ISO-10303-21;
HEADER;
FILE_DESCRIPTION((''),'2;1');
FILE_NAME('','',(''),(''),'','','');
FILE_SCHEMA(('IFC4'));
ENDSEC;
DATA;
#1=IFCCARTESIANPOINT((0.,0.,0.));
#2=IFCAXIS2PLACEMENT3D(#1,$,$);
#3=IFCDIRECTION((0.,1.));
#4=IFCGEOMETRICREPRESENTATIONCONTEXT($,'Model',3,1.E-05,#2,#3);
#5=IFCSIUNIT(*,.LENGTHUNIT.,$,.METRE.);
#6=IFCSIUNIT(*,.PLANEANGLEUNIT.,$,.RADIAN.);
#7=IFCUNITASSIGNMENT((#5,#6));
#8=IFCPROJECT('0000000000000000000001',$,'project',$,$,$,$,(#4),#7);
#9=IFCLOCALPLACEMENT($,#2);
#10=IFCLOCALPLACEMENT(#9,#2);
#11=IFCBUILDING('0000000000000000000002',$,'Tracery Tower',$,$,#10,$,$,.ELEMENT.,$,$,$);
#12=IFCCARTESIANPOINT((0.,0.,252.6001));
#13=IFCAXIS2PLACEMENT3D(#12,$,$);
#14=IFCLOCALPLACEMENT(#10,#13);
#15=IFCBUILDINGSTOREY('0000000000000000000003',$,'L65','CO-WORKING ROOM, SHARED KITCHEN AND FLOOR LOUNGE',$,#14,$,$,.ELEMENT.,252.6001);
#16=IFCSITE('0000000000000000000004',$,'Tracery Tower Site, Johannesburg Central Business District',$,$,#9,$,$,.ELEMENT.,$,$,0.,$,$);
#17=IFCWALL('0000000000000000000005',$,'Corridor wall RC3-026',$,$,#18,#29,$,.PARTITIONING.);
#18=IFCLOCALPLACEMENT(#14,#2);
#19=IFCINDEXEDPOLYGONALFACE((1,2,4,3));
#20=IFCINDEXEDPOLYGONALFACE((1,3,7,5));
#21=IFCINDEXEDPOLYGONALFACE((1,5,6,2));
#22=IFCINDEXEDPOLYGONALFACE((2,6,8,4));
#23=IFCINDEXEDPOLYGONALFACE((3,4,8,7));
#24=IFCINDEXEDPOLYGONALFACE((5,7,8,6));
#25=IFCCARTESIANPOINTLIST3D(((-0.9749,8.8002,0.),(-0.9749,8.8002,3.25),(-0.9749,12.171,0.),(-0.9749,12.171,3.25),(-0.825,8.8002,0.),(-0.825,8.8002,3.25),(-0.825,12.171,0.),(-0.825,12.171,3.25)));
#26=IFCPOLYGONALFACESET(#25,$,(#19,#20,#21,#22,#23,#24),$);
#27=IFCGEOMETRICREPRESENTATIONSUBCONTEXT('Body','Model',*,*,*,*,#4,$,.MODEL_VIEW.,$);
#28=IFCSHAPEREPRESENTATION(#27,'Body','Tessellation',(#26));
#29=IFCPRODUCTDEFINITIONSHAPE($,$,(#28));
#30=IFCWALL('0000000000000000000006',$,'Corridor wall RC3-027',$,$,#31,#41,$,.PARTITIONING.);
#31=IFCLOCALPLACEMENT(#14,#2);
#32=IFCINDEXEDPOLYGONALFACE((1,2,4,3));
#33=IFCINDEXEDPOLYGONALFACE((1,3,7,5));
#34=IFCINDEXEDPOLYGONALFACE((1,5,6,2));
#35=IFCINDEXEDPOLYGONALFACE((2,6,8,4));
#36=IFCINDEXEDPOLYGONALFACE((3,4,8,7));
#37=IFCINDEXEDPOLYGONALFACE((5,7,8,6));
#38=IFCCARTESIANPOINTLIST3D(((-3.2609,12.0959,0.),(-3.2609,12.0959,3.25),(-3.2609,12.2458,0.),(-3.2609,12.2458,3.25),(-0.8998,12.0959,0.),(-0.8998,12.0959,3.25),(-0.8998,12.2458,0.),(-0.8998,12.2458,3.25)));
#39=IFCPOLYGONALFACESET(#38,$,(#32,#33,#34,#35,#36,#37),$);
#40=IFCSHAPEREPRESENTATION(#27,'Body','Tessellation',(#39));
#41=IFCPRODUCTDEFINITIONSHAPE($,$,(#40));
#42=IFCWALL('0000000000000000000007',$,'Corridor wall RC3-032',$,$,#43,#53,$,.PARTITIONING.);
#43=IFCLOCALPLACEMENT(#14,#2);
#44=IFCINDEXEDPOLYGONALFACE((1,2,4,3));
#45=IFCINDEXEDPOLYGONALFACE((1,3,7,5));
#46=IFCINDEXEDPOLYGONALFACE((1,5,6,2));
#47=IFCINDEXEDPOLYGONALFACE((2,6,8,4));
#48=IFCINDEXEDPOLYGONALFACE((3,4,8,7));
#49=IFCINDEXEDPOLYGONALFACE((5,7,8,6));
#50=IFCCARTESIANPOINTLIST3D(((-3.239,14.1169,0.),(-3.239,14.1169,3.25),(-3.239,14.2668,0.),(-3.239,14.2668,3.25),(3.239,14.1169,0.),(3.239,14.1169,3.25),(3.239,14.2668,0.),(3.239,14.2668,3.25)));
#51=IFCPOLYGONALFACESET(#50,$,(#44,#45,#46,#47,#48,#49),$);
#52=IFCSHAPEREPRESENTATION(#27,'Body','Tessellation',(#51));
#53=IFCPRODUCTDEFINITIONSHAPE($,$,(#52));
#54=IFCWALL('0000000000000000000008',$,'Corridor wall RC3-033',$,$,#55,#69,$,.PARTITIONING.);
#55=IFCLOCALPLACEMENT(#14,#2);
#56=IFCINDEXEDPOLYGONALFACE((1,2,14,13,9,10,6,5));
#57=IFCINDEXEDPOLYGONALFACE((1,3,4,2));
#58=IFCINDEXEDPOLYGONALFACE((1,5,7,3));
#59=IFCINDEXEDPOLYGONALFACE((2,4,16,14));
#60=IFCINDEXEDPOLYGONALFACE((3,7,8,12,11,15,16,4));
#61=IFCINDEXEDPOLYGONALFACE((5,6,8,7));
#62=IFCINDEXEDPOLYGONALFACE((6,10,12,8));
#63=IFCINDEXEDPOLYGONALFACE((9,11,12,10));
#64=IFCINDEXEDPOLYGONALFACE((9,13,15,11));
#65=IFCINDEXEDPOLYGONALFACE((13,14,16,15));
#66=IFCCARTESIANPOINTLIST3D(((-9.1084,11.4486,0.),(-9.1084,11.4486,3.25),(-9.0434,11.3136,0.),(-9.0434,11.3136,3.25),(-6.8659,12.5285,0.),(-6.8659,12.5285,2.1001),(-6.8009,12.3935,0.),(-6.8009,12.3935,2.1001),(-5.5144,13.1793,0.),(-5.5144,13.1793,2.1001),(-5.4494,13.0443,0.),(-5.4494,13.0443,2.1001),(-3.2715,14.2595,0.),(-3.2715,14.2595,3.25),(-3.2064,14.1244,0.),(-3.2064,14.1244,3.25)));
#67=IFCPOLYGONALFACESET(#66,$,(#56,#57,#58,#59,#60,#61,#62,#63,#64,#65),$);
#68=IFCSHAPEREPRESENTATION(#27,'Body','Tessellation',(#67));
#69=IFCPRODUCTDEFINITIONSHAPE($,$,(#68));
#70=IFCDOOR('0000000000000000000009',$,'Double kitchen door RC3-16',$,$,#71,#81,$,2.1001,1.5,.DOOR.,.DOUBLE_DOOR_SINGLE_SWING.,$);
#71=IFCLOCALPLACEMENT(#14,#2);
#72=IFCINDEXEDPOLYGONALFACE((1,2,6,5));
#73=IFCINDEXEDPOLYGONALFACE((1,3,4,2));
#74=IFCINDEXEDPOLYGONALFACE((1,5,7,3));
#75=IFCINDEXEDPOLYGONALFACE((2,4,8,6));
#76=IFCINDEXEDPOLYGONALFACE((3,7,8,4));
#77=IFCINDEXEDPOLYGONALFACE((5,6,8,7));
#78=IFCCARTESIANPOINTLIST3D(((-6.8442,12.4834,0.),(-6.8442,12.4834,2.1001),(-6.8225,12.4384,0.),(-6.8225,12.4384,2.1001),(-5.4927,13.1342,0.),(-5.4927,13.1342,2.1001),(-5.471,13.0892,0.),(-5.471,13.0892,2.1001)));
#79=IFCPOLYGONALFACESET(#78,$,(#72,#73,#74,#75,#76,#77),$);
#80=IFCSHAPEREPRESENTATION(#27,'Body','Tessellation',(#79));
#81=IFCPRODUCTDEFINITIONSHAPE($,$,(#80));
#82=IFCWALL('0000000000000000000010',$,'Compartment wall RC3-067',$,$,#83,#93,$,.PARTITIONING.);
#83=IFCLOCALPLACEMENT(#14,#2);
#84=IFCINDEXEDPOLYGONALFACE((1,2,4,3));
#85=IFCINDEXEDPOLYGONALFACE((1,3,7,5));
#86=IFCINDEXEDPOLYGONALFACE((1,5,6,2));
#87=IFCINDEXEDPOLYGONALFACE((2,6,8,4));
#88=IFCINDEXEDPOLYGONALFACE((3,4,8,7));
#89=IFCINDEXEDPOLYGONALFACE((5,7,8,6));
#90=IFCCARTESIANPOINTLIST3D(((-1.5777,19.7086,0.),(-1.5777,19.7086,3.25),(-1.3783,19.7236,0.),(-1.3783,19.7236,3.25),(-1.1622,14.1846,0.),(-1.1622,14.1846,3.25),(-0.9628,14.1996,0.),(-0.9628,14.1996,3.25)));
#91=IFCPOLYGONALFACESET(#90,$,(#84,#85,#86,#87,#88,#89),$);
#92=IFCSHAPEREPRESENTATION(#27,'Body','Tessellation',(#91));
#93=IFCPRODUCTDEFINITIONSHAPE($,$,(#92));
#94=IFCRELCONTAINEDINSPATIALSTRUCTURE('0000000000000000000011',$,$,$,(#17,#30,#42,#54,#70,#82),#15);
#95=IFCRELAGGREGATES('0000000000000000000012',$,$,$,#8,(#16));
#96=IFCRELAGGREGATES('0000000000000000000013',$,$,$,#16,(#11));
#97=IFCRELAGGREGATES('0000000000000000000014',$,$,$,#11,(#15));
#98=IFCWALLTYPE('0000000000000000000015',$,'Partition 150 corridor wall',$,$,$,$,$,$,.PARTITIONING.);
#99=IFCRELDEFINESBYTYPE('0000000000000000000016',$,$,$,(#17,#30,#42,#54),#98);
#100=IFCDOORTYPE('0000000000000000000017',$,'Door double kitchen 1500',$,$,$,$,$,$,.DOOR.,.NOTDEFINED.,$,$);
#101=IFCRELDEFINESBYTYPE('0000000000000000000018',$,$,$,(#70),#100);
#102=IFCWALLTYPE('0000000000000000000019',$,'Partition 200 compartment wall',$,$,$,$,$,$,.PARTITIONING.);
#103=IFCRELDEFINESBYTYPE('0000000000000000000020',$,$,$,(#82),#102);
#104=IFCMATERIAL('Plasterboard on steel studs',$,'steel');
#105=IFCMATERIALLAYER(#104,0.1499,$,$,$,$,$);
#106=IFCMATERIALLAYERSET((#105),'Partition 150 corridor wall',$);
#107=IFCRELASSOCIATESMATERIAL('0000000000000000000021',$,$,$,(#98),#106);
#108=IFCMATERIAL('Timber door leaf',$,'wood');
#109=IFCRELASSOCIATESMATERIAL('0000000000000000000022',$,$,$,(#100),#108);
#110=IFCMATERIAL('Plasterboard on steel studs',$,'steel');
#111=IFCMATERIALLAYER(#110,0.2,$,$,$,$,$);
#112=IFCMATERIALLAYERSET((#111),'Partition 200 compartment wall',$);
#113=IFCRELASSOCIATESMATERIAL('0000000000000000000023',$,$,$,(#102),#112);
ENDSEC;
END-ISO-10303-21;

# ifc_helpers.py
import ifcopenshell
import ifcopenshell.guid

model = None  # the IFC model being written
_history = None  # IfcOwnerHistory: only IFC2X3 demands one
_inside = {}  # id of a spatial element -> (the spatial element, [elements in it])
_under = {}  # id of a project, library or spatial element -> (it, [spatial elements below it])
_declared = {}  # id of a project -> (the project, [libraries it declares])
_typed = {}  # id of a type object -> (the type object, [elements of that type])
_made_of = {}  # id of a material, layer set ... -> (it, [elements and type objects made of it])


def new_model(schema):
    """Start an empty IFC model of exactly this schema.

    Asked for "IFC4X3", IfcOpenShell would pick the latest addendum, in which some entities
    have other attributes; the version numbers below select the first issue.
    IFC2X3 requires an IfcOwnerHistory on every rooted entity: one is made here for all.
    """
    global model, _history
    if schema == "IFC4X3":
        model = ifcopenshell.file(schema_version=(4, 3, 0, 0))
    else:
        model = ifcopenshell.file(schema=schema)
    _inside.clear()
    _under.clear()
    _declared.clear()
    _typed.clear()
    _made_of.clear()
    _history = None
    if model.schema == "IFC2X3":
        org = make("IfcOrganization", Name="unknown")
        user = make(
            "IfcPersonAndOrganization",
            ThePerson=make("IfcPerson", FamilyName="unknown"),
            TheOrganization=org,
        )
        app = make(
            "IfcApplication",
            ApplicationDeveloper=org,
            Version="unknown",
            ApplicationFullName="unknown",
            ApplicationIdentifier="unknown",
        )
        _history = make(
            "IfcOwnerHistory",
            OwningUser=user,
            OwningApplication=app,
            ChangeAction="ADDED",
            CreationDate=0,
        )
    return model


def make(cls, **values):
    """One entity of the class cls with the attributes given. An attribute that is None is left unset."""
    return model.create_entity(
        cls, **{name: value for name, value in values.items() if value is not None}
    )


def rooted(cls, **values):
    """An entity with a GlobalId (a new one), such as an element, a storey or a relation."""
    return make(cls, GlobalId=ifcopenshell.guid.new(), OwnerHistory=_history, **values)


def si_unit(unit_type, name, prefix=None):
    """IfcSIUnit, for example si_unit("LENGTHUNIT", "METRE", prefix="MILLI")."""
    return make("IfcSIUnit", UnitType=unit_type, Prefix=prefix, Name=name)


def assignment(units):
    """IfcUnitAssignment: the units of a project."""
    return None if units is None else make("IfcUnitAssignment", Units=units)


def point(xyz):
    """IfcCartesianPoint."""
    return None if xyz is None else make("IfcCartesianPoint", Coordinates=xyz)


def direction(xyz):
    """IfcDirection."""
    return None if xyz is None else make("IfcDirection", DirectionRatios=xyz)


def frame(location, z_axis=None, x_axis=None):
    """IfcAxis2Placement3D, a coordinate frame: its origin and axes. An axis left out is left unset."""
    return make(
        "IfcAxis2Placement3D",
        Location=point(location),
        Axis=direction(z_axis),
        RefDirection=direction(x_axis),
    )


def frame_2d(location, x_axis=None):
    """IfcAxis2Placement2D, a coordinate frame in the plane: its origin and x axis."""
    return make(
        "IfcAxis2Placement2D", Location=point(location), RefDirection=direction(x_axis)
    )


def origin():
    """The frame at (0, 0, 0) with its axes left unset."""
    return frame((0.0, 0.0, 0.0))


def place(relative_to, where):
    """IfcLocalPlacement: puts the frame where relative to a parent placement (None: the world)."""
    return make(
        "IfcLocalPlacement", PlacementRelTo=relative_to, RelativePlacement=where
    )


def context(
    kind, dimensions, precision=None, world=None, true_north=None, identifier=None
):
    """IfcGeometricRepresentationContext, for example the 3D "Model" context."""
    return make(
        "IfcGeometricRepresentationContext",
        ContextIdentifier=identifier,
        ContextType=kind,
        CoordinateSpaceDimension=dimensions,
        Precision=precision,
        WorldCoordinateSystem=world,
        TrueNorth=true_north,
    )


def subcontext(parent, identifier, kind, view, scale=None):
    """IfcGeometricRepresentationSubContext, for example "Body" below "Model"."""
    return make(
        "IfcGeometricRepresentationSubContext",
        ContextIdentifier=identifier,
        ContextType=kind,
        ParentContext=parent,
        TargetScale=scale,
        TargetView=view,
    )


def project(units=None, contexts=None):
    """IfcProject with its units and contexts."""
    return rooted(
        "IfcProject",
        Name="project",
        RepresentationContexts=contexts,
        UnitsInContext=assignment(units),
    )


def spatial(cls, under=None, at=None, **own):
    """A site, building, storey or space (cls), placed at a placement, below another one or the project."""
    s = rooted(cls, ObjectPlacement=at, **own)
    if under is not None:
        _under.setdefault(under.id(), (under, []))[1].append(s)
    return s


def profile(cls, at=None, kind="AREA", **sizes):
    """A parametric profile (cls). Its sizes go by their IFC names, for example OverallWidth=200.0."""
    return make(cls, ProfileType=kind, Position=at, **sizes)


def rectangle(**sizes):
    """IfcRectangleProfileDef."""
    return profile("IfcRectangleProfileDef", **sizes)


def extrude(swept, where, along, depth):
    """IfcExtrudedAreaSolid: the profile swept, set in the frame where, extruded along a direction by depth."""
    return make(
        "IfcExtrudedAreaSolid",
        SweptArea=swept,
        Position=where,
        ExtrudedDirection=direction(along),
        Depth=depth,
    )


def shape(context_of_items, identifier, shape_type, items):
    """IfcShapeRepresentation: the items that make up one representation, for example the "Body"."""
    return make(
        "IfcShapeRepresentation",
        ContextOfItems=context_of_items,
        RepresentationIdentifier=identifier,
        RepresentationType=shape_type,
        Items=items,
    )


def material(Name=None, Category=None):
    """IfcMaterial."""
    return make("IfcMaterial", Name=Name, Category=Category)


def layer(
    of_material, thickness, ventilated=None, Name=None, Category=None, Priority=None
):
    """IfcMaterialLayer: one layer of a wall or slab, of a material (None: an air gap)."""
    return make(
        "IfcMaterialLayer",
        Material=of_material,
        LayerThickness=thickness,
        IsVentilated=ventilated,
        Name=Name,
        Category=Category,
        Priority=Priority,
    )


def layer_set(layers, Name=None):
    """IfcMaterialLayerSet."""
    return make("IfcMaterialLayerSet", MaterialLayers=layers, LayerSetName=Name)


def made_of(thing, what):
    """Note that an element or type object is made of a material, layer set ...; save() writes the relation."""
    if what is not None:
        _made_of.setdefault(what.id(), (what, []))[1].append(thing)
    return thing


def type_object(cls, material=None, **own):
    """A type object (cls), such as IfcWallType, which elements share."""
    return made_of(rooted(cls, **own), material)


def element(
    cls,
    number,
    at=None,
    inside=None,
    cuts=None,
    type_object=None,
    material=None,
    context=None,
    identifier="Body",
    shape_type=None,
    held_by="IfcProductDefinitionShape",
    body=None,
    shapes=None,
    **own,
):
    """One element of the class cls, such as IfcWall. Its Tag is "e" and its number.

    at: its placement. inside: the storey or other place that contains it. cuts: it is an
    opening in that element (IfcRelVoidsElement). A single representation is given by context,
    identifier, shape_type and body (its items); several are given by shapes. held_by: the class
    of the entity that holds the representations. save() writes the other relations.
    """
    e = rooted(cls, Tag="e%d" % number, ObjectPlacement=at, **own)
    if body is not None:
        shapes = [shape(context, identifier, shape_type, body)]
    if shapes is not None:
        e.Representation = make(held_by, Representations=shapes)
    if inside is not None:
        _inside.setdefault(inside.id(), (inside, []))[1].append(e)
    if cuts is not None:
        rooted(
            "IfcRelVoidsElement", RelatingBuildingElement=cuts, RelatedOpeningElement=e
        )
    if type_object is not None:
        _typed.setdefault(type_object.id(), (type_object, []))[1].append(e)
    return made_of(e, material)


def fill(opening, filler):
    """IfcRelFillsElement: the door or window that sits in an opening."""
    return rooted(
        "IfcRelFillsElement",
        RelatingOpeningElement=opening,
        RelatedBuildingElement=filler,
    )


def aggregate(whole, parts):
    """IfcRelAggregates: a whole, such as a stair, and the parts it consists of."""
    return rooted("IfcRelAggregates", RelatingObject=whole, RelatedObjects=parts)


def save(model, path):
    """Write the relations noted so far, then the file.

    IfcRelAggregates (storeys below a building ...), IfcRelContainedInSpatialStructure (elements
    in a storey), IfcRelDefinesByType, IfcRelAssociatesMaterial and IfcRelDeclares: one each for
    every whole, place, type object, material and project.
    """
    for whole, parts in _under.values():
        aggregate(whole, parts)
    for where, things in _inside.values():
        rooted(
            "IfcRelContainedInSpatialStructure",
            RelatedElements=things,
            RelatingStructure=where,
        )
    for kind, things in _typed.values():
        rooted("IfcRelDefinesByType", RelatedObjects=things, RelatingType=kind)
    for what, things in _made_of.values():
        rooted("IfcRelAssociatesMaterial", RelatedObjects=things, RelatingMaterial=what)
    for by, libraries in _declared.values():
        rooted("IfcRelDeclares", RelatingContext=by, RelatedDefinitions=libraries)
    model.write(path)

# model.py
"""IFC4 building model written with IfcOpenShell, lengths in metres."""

from ifc_helpers import new_model, si_unit, direction, frame, frame_2d, origin, place, context, subcontext, project, spatial, rectangle, extrude, material, layer, layer_set, type_object, element, fill, save


model = new_model("IFC4")

# Units and contexts
model_context = context("Model", 3, precision=1e-05, world=origin(), true_north=direction((0.0, 1.0)))
body_context = subcontext(model_context, "Body", "Model", "MODEL_VIEW")
ifc_project = project(units=[si_unit("LENGTHUNIT", "METRE"), si_unit("PLANEANGLEUNIT", "RADIAN")], contexts=[model_context])

# Site, building, storey
site_placement = place(None, origin())
site = spatial("IfcSite", under=ifc_project, at=site_placement, Name="Tracery Tower Site, Johannesburg Central Business District", CompositionType="ELEMENT", RefElevation=0.0)
building_placement = place(site_placement, origin())
building = spatial("IfcBuilding", under=site, at=building_placement, Name="Tracery Tower", CompositionType="ELEMENT")
storey_placement = place(building_placement, frame((0.0, 0.0, 252.6001)))
storey = spatial("IfcBuildingStorey", under=building, at=storey_placement, Name="L65", Description="CO-WORKING ROOM, SHARED KITCHEN AND FLOOR LOUNGE", CompositionType="ELEMENT", Elevation=252.6001)

# Shared definitions
ifc_material_1 = material(Name="Plasterboard on steel studs", Category="steel")
ifc_layer_1 = layer(ifc_material_1, 0.1499)
ifc_layer_set_1 = layer_set([ifc_layer_1], Name="Partition 150 corridor wall")
wall_type_1 = type_object("IfcWallType", Name="Partition 150 corridor wall", PredefinedType="PARTITIONING", material=ifc_layer_set_1)

# Walls
wall_1_placement = place(storey_placement, frame((-0.8999, 8.8, 0.0), z_axis=(0.0, 0.0, 1.0), x_axis=(0.0, 1.0, 0.0)))
element("IfcWall", 1, at=wall_1_placement, inside=storey, type_object=wall_type_1, Name="Corridor wall RC3-026", PredefinedType="PARTITIONING", context=body_context, shape_type="SweptSolid", body=[
    extrude(rectangle(XDim=3.3708, YDim=0.1499, at=frame_2d((1.6855, 0.0))), origin(), (0.0, 0.0, 1.0), 3.25),
])
wall_2_placement = place(storey_placement, frame((-3.261, 12.1709, 0.0), z_axis=(0.0, 0.0, 1.0), x_axis=(1.0, 0.0, 0.0)))
element("IfcWall", 2, at=wall_2_placement, inside=storey, type_object=wall_type_1, Name="Corridor wall RC3-027", PredefinedType="PARTITIONING", context=body_context, shape_type="SweptSolid", body=[
    extrude(rectangle(XDim=2.3611, YDim=0.1499, at=frame_2d((1.1807, 0.0))), origin(), (0.0, 0.0, 1.0), 3.25),
])
wall_3_placement = place(storey_placement, frame((-3.239, 14.1919, 0.0), z_axis=(0.0, 0.0, 1.0), x_axis=(1.0, 0.0, 0.0)))
element("IfcWall", 3, at=wall_3_placement, inside=storey, type_object=wall_type_1, Name="Corridor wall RC3-032", PredefinedType="PARTITIONING", context=body_context, shape_type="SweptSolid", body=[
    extrude(rectangle(XDim=6.478, YDim=0.1499, at=frame_2d((3.239, 0.0))), origin(), (0.0, 0.0, 1.0), 3.25),
])

# Wall, opening, door
wall_4_placement = place(storey_placement, frame((-9.0759, 11.3811, 0.0), z_axis=(0.0, 0.0, 1.0), x_axis=(0.900976, 0.433869, 0.0)))
wall_4 = element("IfcWall", 4, at=wall_4_placement, inside=storey, type_object=wall_type_1, Name="Corridor wall RC3-033", PredefinedType="PARTITIONING", context=body_context, shape_type="SweptSolid", body=[
    extrude(rectangle(XDim=6.4785, YDim=0.1499, at=frame_2d((3.2393, 0.0))), origin(), (0.0, 0.0, 1.0), 3.25),
])
opening_1_placement = place(wall_4_placement, frame((2.489, 0.0, 0.0)))
opening_1 = element("IfcOpeningElement", 5, at=opening_1_placement, cuts=wall_4, PredefinedType="OPENING", context=body_context, shape_type="SweptSolid", body=[
    extrude(rectangle(XDim=1.5, YDim=2.1001, at=frame_2d((0.75, 1.05))), frame((0.0, 0.075, 0.0), z_axis=(0.0, -1.0, 0.0), x_axis=(1.0, 0.0, 0.0)), (0.0, 0.0, 1.0), 0.1499),
])
ifc_material_2 = material(Name="Timber door leaf", Category="wood")
door_type_1 = type_object("IfcDoorType", Name="Door double kitchen 1500", OperationType="NOTDEFINED", PredefinedType="DOOR", material=ifc_material_2)
door_1_placement = place(opening_1_placement, origin())
door_1 = element("IfcDoor", 6, at=door_1_placement, inside=storey, type_object=door_type_1, Name="Double kitchen door RC3-16", OperationType="DOUBLE_DOOR_SINGLE_SWING", OverallHeight=2.1001, OverallWidth=1.5, PredefinedType="DOOR", context=body_context, shape_type="SweptSolid", body=[
    extrude(rectangle(XDim=1.5, YDim=2.1001, at=frame_2d((0.75, 1.05))), frame((0.0, 0.0249, 0.0), z_axis=(0.0, -1.0, 0.0), x_axis=(1.0, 0.0, 0.0)), (0.0, 0.0, 1.0), 0.05),
])
fill(opening_1, door_1)

# Wall
ifc_material_3 = material(Name="Plasterboard on steel studs", Category="steel")
ifc_layer_2 = layer(ifc_material_3, 0.2)
ifc_layer_set_2 = layer_set([ifc_layer_2], Name="Partition 200 compartment wall")
wall_type_2 = type_object("IfcWallType", Name="Partition 200 compartment wall", PredefinedType="PARTITIONING", material=ifc_layer_set_2)
wall_5_placement = place(storey_placement, frame((-1.478, 19.7161, 0.0), z_axis=(0.0, 0.0, 1.0), x_axis=(0.075011, -0.997183, 0.0)))
element("IfcWall", 7, at=wall_5_placement, inside=storey, type_object=wall_type_2, Name="Compartment wall RC3-067", PredefinedType="PARTITIONING", context=body_context, shape_type="SweptSolid", body=[
    extrude(rectangle(XDim=5.5396, YDim=0.2, at=frame_2d((2.7698, 0.0))), origin(), (0.0, 0.0, 1.0), 3.25),
])

save(model, "model.ifc")
